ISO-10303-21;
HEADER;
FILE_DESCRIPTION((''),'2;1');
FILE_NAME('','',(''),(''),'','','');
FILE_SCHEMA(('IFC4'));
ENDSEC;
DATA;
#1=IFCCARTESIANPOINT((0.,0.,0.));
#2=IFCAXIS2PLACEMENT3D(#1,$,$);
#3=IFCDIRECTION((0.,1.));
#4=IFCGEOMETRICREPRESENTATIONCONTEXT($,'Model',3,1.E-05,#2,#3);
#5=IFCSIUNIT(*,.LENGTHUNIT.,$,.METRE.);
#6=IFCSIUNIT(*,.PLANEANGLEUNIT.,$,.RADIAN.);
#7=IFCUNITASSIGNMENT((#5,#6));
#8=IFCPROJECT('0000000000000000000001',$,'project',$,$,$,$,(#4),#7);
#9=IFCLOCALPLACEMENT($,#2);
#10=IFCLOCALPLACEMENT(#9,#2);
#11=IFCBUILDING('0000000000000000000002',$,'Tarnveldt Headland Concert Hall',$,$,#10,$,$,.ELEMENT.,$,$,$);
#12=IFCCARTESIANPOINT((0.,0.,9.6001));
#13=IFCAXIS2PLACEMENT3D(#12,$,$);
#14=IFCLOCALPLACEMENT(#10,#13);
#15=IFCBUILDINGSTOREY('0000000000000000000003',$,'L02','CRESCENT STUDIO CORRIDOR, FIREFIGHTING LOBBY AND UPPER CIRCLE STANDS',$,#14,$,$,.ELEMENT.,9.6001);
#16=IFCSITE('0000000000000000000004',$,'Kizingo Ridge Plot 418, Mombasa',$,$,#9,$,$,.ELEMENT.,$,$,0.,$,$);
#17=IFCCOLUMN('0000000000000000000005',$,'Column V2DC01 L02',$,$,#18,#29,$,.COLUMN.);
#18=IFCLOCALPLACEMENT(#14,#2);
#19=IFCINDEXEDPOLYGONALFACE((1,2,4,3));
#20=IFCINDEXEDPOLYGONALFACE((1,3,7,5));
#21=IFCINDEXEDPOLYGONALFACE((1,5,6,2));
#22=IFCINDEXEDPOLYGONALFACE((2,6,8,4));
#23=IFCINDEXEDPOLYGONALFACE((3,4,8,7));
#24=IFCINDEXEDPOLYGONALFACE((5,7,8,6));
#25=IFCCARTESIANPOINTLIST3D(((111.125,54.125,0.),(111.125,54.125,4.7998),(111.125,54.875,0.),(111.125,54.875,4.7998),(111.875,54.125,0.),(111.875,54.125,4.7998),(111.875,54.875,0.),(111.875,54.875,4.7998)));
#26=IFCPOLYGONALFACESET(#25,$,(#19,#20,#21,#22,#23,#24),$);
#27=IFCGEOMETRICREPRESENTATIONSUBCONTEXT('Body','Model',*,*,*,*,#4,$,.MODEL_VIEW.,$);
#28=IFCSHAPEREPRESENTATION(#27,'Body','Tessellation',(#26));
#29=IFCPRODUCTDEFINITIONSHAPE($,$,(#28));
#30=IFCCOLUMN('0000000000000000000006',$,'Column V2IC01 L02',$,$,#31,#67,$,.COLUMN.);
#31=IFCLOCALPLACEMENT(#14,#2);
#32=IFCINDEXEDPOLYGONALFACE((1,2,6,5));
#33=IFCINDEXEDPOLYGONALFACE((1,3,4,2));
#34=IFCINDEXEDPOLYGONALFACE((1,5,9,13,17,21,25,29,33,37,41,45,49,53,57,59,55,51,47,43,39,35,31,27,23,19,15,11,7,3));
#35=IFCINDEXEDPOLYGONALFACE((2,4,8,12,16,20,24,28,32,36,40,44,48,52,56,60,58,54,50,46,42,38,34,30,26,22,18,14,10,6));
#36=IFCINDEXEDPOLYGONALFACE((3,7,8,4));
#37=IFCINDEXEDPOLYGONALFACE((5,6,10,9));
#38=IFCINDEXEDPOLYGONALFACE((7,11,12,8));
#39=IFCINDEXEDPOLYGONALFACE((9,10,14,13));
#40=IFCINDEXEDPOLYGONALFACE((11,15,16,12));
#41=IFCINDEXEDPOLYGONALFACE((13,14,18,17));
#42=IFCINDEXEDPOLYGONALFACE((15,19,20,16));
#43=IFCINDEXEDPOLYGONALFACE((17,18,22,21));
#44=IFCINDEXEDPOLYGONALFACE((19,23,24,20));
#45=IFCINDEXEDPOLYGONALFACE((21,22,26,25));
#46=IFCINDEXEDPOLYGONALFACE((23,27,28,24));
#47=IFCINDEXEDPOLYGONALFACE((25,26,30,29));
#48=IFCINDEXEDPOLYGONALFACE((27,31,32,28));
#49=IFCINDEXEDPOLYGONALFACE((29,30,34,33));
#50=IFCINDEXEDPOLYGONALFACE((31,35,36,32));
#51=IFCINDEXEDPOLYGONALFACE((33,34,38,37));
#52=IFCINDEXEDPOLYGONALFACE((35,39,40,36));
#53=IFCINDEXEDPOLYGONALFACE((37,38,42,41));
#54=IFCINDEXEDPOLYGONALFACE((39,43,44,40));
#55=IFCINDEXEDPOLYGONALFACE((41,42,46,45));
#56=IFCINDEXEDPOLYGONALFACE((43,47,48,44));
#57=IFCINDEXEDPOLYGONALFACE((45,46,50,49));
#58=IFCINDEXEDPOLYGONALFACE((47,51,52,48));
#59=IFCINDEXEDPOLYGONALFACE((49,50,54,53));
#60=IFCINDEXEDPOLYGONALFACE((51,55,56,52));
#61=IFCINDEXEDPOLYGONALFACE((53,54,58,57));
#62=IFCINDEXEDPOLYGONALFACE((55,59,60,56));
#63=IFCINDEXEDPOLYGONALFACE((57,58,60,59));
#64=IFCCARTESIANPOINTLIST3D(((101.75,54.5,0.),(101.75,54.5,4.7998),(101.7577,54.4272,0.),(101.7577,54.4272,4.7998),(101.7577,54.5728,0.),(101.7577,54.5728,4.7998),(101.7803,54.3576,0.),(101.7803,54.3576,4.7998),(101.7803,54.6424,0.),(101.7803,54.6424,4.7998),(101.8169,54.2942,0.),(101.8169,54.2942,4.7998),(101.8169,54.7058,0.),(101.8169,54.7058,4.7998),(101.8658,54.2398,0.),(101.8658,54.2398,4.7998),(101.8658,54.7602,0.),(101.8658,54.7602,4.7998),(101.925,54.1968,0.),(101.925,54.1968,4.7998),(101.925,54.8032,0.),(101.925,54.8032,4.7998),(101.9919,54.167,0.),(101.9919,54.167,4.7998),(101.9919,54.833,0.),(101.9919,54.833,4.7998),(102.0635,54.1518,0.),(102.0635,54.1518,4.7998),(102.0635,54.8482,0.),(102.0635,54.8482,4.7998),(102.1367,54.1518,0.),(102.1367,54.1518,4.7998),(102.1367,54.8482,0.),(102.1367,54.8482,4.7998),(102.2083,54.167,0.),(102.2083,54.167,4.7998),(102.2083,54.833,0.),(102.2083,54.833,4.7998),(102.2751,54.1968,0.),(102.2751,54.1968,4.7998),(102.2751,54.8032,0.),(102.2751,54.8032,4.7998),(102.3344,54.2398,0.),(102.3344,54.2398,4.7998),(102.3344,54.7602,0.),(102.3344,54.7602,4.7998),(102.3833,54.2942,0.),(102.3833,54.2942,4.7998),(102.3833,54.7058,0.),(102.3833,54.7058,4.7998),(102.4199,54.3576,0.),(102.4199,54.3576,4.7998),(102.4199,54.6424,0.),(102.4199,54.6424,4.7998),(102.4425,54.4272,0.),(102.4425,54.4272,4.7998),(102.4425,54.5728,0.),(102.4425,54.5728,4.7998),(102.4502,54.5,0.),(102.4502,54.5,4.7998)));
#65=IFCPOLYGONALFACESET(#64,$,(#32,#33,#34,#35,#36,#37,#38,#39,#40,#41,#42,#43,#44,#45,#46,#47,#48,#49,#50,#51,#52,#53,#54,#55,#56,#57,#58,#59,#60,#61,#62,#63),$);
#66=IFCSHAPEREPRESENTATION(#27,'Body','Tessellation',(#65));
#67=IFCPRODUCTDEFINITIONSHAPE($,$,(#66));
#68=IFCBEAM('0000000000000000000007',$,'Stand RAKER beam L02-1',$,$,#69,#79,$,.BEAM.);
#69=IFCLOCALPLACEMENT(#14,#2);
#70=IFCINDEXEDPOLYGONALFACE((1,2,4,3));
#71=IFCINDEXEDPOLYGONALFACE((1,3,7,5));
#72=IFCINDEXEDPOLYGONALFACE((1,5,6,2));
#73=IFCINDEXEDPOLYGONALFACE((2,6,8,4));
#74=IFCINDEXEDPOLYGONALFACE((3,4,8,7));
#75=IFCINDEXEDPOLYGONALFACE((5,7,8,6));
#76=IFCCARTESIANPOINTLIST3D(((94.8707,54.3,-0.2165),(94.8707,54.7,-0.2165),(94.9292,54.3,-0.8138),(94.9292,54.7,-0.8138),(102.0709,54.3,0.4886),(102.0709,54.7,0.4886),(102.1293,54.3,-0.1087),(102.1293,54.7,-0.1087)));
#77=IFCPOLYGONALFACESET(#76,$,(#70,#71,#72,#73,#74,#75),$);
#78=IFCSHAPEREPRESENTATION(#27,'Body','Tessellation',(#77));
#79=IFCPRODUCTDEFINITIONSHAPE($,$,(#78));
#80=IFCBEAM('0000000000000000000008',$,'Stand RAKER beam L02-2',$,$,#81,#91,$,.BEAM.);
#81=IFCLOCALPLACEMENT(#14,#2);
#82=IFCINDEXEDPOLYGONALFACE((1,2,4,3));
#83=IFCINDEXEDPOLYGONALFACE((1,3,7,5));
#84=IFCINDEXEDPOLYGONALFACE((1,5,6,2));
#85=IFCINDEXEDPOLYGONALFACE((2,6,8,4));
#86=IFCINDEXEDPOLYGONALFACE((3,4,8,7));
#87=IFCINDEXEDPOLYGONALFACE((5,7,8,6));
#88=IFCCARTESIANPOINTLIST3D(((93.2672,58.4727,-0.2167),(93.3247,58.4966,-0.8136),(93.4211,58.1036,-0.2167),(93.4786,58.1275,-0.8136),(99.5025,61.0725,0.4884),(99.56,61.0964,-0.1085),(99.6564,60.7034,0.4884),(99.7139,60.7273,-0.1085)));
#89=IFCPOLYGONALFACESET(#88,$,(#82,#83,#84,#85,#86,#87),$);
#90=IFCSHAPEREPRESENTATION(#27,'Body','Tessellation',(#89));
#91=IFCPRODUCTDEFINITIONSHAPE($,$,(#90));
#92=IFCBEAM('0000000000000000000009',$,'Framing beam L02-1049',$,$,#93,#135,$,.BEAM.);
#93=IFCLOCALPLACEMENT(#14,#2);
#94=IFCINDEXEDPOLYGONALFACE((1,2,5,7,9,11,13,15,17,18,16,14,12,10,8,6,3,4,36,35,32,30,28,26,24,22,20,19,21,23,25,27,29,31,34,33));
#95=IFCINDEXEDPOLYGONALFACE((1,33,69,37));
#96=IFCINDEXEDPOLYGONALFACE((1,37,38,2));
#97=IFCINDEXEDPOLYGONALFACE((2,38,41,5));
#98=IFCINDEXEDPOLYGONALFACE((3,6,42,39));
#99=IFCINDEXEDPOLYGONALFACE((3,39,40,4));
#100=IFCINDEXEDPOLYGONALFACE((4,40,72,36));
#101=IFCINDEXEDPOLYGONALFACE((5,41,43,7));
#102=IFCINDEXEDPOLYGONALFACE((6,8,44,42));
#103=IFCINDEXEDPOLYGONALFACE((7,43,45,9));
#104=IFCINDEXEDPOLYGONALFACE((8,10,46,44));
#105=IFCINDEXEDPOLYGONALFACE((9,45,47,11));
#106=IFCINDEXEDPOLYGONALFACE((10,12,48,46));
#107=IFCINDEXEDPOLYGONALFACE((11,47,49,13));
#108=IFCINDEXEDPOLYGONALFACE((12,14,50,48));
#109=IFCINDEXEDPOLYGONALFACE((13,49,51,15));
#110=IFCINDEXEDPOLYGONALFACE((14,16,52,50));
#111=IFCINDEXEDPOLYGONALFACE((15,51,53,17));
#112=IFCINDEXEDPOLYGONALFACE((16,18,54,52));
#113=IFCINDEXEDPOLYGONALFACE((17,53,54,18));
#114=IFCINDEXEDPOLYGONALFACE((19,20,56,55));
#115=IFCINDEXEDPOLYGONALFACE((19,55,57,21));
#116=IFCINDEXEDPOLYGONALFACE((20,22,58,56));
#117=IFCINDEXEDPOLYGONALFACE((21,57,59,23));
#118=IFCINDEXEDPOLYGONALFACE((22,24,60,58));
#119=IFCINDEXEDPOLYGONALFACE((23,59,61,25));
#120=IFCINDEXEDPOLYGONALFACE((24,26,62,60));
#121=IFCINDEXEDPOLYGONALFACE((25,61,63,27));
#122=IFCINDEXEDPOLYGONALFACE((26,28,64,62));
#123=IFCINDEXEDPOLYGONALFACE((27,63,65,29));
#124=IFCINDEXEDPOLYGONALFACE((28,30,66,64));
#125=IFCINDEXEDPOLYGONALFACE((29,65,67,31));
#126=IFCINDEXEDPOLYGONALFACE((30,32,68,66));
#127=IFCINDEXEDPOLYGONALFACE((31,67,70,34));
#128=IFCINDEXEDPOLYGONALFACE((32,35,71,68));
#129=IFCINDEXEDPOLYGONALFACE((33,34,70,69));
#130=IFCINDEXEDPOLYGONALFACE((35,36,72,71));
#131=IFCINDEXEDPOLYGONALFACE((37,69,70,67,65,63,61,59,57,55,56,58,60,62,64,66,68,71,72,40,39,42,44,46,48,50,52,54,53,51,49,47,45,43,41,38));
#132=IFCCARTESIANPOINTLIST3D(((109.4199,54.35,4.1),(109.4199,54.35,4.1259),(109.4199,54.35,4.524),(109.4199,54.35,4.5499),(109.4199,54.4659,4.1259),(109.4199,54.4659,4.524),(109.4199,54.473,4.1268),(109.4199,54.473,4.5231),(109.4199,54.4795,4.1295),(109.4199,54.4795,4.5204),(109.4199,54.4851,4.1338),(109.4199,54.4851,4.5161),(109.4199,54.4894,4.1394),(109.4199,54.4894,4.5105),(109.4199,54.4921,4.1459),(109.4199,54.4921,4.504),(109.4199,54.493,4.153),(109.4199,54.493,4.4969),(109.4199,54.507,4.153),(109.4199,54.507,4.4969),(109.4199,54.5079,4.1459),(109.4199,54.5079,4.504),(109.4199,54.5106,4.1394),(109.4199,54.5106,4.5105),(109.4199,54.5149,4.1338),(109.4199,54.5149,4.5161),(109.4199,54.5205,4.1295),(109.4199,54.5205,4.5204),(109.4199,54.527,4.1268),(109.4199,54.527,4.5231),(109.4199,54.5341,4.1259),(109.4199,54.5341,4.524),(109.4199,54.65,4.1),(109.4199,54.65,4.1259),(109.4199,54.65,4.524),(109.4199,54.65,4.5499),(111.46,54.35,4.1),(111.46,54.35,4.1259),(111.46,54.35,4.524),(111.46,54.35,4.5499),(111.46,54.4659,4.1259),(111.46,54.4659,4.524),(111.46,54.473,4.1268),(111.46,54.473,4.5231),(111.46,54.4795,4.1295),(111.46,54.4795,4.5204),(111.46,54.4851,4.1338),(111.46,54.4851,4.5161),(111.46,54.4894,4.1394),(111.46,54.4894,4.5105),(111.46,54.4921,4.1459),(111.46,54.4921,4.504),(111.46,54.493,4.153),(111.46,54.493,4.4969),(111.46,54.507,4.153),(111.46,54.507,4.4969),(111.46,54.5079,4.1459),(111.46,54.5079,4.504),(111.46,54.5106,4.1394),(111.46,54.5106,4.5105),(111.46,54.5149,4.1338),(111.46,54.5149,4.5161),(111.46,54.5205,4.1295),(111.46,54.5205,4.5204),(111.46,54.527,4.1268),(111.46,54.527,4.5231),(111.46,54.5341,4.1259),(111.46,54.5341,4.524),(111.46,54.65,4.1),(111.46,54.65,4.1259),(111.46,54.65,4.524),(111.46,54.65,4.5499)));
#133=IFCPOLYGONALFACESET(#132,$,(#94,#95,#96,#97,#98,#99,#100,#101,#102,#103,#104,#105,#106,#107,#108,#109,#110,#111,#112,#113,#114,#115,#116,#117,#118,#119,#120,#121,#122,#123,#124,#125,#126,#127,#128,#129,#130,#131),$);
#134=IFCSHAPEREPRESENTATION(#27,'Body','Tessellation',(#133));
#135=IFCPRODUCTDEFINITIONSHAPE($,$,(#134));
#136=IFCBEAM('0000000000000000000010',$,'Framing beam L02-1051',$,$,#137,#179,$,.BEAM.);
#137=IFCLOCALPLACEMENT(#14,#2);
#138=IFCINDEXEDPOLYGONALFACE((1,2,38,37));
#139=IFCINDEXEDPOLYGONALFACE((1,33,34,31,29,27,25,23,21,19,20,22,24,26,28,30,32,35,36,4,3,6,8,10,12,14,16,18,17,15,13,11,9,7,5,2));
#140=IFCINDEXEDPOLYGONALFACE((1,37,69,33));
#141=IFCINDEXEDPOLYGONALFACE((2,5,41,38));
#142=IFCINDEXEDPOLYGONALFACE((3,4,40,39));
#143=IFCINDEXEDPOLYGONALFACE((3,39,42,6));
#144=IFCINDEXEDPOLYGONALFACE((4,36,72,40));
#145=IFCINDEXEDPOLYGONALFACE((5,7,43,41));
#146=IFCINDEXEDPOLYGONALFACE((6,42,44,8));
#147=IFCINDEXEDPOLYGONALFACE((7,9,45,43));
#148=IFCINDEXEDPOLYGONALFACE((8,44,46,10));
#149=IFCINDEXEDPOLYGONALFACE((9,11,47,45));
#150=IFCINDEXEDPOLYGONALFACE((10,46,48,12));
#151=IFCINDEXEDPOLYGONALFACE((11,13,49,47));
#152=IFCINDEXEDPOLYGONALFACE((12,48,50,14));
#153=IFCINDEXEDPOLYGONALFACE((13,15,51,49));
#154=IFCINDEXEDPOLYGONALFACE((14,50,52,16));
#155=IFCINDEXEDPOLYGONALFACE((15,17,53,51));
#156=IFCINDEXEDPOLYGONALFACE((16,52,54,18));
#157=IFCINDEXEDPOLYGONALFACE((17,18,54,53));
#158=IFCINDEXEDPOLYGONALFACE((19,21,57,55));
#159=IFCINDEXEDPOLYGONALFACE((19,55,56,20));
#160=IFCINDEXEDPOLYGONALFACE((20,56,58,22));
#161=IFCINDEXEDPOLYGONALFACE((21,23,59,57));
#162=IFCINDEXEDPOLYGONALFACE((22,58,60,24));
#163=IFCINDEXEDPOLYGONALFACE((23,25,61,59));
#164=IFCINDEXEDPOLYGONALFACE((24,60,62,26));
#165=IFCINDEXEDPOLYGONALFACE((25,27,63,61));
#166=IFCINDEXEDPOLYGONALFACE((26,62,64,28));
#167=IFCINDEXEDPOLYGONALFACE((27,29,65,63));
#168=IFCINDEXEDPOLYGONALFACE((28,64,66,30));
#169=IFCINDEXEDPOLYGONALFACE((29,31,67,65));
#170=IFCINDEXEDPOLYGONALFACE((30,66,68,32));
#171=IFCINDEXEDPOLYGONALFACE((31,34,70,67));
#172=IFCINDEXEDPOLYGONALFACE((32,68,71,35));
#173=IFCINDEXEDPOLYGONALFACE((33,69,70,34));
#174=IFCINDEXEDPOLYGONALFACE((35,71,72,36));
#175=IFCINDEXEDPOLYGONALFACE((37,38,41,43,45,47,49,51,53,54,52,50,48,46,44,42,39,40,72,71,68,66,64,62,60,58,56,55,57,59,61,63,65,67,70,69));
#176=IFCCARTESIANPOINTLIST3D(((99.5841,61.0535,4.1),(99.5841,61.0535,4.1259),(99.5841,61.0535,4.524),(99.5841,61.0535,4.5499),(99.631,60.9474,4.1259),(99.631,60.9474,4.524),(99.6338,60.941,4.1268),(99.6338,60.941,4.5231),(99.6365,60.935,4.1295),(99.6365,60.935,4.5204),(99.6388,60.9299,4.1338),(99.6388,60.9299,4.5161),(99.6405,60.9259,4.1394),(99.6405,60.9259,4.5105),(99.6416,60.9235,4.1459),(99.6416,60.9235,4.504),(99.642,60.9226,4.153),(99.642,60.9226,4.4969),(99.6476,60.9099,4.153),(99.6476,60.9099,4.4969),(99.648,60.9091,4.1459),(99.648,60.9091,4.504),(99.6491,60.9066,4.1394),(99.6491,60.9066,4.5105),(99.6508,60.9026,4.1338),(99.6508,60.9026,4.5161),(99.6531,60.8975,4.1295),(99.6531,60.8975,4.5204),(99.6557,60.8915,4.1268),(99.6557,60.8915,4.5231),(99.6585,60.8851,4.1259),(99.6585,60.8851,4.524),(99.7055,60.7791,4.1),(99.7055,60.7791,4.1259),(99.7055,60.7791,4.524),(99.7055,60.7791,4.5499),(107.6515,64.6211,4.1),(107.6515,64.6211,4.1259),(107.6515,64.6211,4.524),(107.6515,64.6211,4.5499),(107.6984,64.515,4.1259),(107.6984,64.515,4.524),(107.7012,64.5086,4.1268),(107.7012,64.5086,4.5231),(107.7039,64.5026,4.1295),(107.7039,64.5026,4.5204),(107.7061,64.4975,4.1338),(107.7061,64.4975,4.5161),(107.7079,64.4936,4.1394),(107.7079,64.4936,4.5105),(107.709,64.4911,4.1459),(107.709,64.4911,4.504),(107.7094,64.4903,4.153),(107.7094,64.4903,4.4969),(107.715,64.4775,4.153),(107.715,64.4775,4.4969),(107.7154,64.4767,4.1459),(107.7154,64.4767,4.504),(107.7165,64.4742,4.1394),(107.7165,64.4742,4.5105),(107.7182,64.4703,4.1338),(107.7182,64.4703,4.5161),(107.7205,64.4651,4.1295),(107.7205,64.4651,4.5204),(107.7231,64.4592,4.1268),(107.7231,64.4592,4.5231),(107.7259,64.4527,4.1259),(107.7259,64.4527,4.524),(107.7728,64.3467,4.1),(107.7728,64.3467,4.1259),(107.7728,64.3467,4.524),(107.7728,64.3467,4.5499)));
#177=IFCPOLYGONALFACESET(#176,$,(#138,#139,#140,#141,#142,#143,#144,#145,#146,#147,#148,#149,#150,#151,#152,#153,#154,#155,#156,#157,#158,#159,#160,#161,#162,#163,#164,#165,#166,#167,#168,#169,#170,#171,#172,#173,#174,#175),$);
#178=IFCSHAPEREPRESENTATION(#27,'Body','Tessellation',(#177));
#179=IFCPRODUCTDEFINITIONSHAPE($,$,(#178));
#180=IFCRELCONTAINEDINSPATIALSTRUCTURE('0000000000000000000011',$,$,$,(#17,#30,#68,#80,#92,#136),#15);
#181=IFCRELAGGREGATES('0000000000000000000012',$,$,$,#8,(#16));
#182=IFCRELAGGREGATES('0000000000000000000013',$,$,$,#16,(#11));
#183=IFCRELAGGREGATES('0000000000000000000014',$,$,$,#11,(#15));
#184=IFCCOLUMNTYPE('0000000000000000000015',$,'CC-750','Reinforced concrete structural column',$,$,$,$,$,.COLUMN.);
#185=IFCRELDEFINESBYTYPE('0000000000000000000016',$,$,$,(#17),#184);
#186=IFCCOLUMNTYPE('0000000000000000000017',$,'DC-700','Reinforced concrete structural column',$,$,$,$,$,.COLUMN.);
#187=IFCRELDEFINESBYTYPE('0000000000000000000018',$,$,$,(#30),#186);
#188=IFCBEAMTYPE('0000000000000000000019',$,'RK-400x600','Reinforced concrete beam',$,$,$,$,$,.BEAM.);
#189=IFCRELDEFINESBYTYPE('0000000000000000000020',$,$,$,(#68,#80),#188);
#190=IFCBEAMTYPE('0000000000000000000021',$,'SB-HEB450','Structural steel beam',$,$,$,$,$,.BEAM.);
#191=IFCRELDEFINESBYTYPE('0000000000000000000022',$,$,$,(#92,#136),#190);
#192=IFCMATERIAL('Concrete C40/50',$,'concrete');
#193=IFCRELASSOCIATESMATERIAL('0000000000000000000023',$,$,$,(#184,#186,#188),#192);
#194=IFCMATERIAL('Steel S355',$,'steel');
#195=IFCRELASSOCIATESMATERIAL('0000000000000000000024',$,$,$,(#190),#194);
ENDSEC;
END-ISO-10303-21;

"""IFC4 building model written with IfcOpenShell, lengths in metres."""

from ifc_helpers import new_model, si_unit, direction, frame, origin, origin_2d, place, context, subcontext, project, spatial, rectangle, circle, i_section, extrude, material, material_profile, profile_set, type_object, element, save


model = new_model("IFC4")

# Units and contexts
model_context = context("Model", 3, precision=1e-05, world=origin(), true_north=direction((0.0, 1.0)))
body_context = subcontext(model_context, "Body", "Model", "MODEL_VIEW")
ifc_project = project(units=[si_unit("LENGTHUNIT", "METRE"), si_unit("PLANEANGLEUNIT", "RADIAN")], contexts=[model_context])

# Site, building, storey
site_placement = place(None, origin())
site = spatial("IfcSite", under=ifc_project, at=site_placement, Name="Kizingo Ridge Plot 418, Mombasa", CompositionType="ELEMENT", RefElevation=0.0)
building_placement = place(site_placement, origin())
building = spatial("IfcBuilding", under=site, at=building_placement, Name="Tarnveldt Headland Concert Hall", CompositionType="ELEMENT")
storey_placement = place(building_placement, frame((0.0, 0.0, 9.6001)))
storey = spatial("IfcBuildingStorey", under=building, at=storey_placement, Name="L02", Description="CRESCENT STUDIO CORRIDOR, FIREFIGHTING LOBBY AND UPPER CIRCLE STANDS", CompositionType="ELEMENT", Elevation=9.6001)

# Columns
ifc_material_1 = material(Name="Concrete C40/50", Category="concrete")
ifc_material_profile_1 = material_profile(ifc_material_1, rectangle(XDim=0.75, YDim=0.75, at=origin_2d()), Name="RC 750x750", Category="concrete")
ifc_profile_set_1 = profile_set([ifc_material_profile_1], Name="Concrete C40/50")
column_type_1 = type_object("IfcColumnType", Name="CC-750", Description="Reinforced concrete structural column", PredefinedType="COLUMN", material=ifc_profile_set_1)
column_placement = place(storey_placement, frame((111.5, 54.5, 0.0), z_axis=(0.0, 0.0, 1.0), x_axis=(1.0, 0.0, 0.0)))
element("IfcColumn", 1, at=column_placement, inside=storey, type_object=column_type_1, Name="Column V2DC01 L02", PredefinedType="COLUMN", context=body_context, shape_type="SweptSolid", body=[
    extrude(rectangle(XDim=0.75, YDim=0.75, at=origin_2d()), origin(), (0.0, 0.0, 1.0), 4.7998),
])
ifc_material_profile_2 = material_profile(ifc_material_1, circle(Radius=0.3501, at=origin_2d()), Name="RC D700", Category="concrete")
ifc_profile_set_2 = profile_set([ifc_material_profile_2], Name="Concrete C40/50")
column_type_2 = type_object("IfcColumnType", Name="DC-700", Description="Reinforced concrete structural column", PredefinedType="COLUMN", material=ifc_profile_set_2)
for number, where, z_axis, x_axis, name in (
    (2, (102.1001, 54.5, 0.0), (0.0, 0.0, 1.0), (1.0, 0.0, 0.0), "Column V2IC01 L02"),
):
    element("IfcColumn", number, at=place(storey_placement, frame(where, z_axis=z_axis, x_axis=x_axis)), inside=storey, type_object=column_type_2, Name=name, PredefinedType="COLUMN", context=body_context, shape_type="SweptSolid", body=[
        extrude(circle(Radius=0.3501, at=origin_2d()), origin(), (0.0, 0.0, 1.0), 4.7998),
    ])

# Beams
ifc_material_profile_3 = material_profile(ifc_material_1, rectangle(XDim=0.3999, YDim=0.6001, at=origin_2d()), Name="RAKER RC 400x600", Category="concrete")
ifc_profile_set_3 = profile_set([ifc_material_profile_3], Name="Concrete C40/50")
beam_type_1 = type_object("IfcBeamType", Name="RK-400x600", Description="Reinforced concrete beam", PredefinedType="BEAM", material=ifc_profile_set_3)
beam_1_placement = place(storey_placement, frame((102.1001, 54.5, 0.1899), z_axis=(-0.99524, 0.0, -0.097459), x_axis=(0.0, -1.0, 0.0)))
element("IfcBeam", 3, at=beam_1_placement, inside=storey, type_object=beam_type_1, Name="Stand RAKER beam L02-1", PredefinedType="BEAM", context=body_context, shape_type="SweptSolid", body=[
    extrude(rectangle(XDim=0.3999, YDim=0.6001, at=origin_2d()), origin(), (0.0, 0.0, 1.0), 7.2346),
])
beam_2_placement = place(storey_placement, frame((99.6082, 60.8999, 0.1899), z_axis=(-0.917997, -0.382762, -0.103805), x_axis=(0.384841, -0.922983, 0.0)))
element("IfcBeam", 4, at=beam_2_placement, inside=storey, type_object=beam_type_1, Name="Stand RAKER beam L02-2", PredefinedType="BEAM", context=body_context, shape_type="SweptSolid", body=[
    extrude(rectangle(XDim=0.3999, YDim=0.6001, at=origin_2d()), origin(), (0.0, 0.0, 1.0), 6.7922),
])
ifc_material_2 = material(Name="Steel S355", Category="steel")
ifc_material_profile_4 = material_profile(ifc_material_2, i_section(OverallWidth=0.3, OverallDepth=0.45, WebThickness=0.0139, FlangeThickness=0.0259, FilletRadius=0.0271, at=origin_2d()), Name="HEB450", Category="steel")
ifc_profile_set_4 = profile_set([ifc_material_profile_4], Name="Steel S355")
beam_type_2 = type_object("IfcBeamType", Name="SB-HEB450", Description="Structural steel beam", PredefinedType="BEAM", material=ifc_profile_set_4)
beam_3_placement = place(storey_placement, frame((109.4199, 54.5, 4.325), z_axis=(1.0, 0.0, 0.0), x_axis=(0.0, 1.0, 0.0)))
element("IfcBeam", 5, at=beam_3_placement, inside=storey, type_object=beam_type_2, Name="Framing beam L02-1049", PredefinedType="BEAM", context=body_context, shape_type="SweptSolid", body=[
    extrude(i_section(OverallWidth=0.3, OverallDepth=0.45, WebThickness=0.0139, FlangeThickness=0.0259, FilletRadius=0.0271, at=origin_2d()), origin(), (0.0, 0.0, 1.0), 2.04),
])
beam_4_placement = place(storey_placement, frame((99.6448, 60.9163, 4.325), z_axis=(0.914562, 0.404445, 0.0), x_axis=(-0.404445, 0.914562, 0.0)))
element("IfcBeam", 6, at=beam_4_placement, inside=storey, type_object=beam_type_2, Name="Framing beam L02-1051", PredefinedType="BEAM", context=body_context, shape_type="SweptSolid", body=[
    extrude(i_section(OverallWidth=0.3, OverallDepth=0.45, WebThickness=0.0139, FlangeThickness=0.0259, FilletRadius=0.0271, at=origin_2d()), origin(), (0.0, 0.0, 1.0), 8.821),
])

save(model, "model.ifc")
